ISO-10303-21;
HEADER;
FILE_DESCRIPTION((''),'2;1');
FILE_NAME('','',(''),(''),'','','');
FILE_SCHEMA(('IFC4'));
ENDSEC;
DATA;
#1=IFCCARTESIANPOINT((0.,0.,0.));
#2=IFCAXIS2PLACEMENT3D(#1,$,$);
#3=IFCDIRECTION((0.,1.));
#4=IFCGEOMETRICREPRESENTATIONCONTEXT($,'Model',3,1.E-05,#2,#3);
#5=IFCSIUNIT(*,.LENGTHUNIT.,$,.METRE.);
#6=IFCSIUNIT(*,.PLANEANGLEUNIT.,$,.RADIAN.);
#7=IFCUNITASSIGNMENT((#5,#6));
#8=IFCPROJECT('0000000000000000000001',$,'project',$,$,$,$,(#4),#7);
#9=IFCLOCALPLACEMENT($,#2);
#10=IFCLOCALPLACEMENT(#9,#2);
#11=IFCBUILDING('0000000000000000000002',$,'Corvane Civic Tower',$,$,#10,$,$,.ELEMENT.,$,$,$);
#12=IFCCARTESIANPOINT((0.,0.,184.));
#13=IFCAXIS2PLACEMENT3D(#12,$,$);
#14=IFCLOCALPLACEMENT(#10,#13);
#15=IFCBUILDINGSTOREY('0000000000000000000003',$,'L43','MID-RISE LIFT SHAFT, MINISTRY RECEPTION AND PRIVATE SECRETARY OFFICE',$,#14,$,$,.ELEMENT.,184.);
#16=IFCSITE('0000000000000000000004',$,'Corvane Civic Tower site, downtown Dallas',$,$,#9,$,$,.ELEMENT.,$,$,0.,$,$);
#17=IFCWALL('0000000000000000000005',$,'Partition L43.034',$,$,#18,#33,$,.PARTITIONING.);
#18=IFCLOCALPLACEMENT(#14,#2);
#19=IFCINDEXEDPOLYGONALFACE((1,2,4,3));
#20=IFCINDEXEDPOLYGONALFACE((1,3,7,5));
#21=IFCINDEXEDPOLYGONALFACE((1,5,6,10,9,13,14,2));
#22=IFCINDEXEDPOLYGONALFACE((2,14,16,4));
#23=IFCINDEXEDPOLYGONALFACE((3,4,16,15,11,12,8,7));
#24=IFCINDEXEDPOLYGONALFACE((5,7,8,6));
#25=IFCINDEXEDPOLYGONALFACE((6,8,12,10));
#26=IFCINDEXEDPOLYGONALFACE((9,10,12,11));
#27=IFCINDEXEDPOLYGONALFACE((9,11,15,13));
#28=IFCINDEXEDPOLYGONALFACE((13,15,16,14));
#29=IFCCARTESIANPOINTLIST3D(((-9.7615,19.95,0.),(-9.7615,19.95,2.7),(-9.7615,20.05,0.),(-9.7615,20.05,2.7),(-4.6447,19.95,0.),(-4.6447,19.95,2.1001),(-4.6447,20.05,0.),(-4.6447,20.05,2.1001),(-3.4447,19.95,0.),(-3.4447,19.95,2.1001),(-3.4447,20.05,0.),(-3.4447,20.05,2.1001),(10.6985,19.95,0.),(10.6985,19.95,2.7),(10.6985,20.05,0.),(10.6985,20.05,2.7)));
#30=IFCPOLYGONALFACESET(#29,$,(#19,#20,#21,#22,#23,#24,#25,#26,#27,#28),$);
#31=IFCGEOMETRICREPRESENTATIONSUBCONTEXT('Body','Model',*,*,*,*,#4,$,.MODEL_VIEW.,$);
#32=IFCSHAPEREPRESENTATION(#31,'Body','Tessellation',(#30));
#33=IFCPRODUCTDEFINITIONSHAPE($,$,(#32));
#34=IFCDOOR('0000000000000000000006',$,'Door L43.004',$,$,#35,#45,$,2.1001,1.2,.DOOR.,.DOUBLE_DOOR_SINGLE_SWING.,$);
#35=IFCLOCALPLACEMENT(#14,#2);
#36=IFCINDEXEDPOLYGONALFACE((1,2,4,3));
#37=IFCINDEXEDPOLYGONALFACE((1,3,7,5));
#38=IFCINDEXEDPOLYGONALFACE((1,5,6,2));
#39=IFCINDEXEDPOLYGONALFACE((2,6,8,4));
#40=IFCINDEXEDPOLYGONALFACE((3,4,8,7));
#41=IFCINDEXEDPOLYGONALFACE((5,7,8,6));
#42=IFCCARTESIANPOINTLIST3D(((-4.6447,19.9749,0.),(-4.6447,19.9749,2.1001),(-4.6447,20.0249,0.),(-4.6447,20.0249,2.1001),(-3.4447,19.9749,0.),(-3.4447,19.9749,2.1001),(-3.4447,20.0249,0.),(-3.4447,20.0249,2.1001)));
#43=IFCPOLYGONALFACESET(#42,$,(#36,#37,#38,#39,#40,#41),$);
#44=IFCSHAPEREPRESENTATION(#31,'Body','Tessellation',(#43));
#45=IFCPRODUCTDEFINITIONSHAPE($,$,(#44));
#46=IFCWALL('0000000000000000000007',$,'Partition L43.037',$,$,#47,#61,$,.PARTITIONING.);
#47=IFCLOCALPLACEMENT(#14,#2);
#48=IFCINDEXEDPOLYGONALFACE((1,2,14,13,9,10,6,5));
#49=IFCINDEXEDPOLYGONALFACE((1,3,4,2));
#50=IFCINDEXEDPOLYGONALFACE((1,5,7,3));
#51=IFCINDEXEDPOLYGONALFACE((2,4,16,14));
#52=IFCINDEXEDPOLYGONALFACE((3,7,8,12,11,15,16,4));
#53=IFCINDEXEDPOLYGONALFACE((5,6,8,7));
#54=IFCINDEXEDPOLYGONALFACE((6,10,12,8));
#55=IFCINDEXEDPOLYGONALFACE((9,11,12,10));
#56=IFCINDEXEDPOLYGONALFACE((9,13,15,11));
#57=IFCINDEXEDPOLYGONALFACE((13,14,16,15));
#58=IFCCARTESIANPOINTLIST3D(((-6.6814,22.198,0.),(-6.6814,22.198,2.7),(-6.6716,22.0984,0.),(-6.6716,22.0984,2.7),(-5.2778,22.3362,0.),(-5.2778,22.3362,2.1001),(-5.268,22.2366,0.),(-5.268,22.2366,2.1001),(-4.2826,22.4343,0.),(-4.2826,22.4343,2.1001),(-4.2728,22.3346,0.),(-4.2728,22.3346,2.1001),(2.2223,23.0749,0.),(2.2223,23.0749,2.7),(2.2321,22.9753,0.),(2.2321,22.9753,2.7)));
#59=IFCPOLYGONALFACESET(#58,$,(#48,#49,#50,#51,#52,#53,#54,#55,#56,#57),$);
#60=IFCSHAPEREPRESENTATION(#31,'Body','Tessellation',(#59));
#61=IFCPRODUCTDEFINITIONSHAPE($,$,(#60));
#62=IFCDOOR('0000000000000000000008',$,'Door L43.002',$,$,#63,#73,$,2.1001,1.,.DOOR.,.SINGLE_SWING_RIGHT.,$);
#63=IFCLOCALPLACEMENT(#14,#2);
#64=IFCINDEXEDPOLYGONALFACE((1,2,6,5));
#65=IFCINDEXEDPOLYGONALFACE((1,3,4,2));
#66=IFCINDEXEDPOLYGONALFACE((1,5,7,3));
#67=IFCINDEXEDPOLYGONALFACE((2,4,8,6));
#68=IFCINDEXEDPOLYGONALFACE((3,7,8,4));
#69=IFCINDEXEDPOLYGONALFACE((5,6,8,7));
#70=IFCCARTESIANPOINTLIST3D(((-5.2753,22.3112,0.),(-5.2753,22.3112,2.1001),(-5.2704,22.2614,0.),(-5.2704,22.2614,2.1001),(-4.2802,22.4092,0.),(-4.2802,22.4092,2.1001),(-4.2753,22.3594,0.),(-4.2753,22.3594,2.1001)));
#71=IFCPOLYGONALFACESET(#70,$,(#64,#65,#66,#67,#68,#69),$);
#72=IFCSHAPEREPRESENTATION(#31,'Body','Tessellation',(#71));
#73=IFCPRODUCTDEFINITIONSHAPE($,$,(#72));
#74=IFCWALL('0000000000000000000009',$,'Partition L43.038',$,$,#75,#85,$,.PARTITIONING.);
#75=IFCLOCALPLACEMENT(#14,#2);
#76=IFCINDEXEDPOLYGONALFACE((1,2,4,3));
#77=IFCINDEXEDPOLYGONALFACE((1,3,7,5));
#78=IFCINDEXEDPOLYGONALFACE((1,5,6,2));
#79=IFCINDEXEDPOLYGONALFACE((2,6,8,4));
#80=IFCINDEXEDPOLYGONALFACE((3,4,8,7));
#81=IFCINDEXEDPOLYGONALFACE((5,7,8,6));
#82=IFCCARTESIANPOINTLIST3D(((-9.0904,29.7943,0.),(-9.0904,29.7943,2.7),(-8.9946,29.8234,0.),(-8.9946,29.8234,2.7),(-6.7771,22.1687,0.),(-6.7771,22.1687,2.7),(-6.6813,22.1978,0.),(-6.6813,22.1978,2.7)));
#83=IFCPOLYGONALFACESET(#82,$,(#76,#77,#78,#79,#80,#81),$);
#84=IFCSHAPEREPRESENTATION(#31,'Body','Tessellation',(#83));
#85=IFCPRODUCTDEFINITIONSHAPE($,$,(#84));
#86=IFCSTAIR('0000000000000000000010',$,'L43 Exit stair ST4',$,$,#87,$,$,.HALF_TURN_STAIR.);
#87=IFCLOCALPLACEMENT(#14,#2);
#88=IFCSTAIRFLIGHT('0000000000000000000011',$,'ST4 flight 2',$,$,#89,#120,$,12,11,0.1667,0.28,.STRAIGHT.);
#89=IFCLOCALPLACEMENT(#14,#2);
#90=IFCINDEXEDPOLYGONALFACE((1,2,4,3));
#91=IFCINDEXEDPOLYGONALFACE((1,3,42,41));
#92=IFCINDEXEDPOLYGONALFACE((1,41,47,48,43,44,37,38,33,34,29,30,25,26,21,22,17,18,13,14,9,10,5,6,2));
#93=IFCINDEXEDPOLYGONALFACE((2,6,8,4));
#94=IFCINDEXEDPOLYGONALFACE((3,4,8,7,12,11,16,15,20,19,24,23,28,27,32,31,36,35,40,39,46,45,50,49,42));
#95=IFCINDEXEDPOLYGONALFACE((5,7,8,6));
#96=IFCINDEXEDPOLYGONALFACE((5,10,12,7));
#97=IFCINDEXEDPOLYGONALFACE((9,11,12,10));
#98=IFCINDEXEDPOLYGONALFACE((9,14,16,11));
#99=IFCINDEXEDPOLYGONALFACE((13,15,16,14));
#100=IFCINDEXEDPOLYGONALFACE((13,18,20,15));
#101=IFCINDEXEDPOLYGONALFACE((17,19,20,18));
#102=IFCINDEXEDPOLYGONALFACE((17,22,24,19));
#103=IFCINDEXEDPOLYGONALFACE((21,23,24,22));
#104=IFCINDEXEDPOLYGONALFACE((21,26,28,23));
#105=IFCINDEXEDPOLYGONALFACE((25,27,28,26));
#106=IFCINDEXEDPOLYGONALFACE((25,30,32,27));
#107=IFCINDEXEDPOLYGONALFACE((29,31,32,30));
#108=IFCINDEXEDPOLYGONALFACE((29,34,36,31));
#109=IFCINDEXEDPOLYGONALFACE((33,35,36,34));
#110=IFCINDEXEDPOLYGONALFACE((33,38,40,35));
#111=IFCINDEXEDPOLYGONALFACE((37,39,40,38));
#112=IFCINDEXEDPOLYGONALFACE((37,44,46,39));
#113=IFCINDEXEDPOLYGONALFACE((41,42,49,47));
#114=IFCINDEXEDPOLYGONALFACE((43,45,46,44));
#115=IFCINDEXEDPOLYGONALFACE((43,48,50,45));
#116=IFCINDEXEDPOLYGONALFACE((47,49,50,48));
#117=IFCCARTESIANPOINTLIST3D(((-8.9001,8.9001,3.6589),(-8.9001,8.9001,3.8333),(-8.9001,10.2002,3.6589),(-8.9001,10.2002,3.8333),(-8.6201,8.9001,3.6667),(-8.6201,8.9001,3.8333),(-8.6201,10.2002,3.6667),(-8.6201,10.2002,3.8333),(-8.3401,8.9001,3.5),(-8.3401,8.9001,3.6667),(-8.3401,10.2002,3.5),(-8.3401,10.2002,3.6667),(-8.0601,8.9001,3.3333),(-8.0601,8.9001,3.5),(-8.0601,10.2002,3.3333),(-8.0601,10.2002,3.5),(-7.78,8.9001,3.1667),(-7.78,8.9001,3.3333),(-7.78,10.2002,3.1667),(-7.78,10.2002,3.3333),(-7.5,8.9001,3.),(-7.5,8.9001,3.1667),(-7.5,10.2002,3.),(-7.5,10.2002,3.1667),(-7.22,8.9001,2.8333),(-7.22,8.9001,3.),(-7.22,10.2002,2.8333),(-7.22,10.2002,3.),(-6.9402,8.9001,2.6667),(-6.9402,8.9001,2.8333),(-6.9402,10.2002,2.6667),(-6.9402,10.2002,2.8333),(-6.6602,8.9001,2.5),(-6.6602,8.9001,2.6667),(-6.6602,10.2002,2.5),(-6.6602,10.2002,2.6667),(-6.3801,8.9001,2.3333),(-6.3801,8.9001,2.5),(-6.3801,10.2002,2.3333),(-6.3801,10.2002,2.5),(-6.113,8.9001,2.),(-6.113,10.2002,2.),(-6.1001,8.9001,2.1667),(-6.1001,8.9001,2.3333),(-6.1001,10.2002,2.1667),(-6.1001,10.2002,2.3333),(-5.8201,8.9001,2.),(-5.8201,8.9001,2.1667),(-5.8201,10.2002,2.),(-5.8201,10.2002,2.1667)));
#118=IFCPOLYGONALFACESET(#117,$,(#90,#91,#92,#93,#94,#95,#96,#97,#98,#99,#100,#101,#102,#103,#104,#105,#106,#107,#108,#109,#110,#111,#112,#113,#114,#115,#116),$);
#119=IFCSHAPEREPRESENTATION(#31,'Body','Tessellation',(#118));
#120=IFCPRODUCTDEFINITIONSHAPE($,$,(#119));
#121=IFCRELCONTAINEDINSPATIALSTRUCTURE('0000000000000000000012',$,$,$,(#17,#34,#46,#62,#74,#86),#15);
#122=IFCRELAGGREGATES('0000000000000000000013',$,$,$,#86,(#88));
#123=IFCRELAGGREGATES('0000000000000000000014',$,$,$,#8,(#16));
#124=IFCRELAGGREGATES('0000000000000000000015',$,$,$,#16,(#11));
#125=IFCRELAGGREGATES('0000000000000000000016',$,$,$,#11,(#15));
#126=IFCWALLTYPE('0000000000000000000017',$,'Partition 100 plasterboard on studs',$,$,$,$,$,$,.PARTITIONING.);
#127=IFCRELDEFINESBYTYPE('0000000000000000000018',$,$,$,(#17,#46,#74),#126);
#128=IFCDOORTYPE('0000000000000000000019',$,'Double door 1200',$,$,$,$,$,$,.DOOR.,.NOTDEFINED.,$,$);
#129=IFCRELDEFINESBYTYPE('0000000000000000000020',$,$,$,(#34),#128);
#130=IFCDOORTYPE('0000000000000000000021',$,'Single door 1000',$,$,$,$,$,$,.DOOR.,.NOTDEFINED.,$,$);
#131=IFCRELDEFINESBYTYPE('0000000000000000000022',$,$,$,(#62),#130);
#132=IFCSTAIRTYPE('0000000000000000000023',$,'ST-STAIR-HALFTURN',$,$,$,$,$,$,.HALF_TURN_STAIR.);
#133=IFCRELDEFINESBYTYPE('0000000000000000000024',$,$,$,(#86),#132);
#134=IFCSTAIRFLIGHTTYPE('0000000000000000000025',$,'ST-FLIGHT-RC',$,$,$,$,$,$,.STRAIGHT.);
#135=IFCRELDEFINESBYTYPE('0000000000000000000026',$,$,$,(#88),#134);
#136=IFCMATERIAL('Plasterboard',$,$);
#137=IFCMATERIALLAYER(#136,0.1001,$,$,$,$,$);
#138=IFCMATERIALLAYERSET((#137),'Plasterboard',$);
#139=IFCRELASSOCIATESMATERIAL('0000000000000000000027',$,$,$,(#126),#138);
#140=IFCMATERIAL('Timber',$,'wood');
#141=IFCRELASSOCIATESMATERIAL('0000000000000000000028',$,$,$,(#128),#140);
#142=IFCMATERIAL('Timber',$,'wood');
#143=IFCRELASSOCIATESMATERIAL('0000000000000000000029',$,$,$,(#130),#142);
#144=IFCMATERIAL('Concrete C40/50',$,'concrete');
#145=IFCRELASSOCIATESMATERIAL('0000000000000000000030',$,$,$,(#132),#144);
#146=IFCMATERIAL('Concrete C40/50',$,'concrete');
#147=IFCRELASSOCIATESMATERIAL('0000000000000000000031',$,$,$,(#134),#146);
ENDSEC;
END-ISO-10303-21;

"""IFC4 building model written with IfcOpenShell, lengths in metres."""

from ifc_helpers import new_model, si_unit, direction, frame, frame_2d, origin, place, context, subcontext, project, spatial, polyline, rectangle, outline, extrude, material, layer, layer_set, type_object, element, fill, aggregate, save


model = new_model("IFC4")

# Units and contexts
model_context = context("Model", 3, precision=1e-05, world=origin(), true_north=direction((0.0, 1.0)))
body_context = subcontext(model_context, "Body", "Model", "MODEL_VIEW")
ifc_project = project(units=[si_unit("LENGTHUNIT", "METRE"), si_unit("PLANEANGLEUNIT", "RADIAN")], contexts=[model_context])

# Site, building, storey
site_placement = place(None, origin())
site = spatial("IfcSite", under=ifc_project, at=site_placement, Name="Corvane Civic Tower site, downtown Dallas", CompositionType="ELEMENT", RefElevation=0.0)
building_placement = place(site_placement, origin())
building = spatial("IfcBuilding", under=site, at=building_placement, Name="Corvane Civic Tower", CompositionType="ELEMENT")
storey_placement = place(building_placement, frame((0.0, 0.0, 184.0)))
storey = spatial("IfcBuildingStorey", under=building, at=storey_placement, Name="L43", Description="MID-RISE LIFT SHAFT, MINISTRY RECEPTION AND PRIVATE SECRETARY OFFICE", CompositionType="ELEMENT", Elevation=184.0)

# Walls, openings, doors
ifc_material_1 = material(Name="Plasterboard")
ifc_layer_1 = layer(ifc_material_1, 0.1001)
ifc_layer_set_1 = layer_set([ifc_layer_1], Name="Plasterboard")
wall_type_1 = type_object("IfcWallType", Name="Partition 100 plasterboard on studs", PredefinedType="PARTITIONING", material=ifc_layer_set_1)
wall_1_placement = place(storey_placement, frame((-9.7615, 20.0, 0.0), z_axis=(0.0, 0.0, 1.0), x_axis=(1.0, 0.0, 0.0)))
wall_1 = element("IfcWall", 1, at=wall_1_placement, inside=storey, type_object=wall_type_1, Name="Partition L43.034", PredefinedType="PARTITIONING", context=body_context, shape_type="SweptSolid", body=[
    extrude(rectangle(XDim=20.46, YDim=0.1001, at=frame_2d((10.23, 0.0))), origin(), (0.0, 0.0, 1.0), 2.7),
])
opening_1_placement = place(wall_1_placement, frame((5.1167, 0.0, 0.0)))
opening_1 = element("IfcOpeningElement", 2, at=opening_1_placement, cuts=wall_1, PredefinedType="OPENING", context=body_context, shape_type="SweptSolid", body=[
    extrude(rectangle(XDim=1.2, YDim=2.1001, at=frame_2d((0.6001, 1.05))), frame((0.0, 0.0601, 0.0), z_axis=(0.0, -1.0, 0.0), x_axis=(1.0, 0.0, 0.0)), (0.0, 0.0, 1.0), 0.1201),
])
ifc_material_2 = material(Name="Timber", Category="wood")
door_type_1 = type_object("IfcDoorType", Name="Double door 1200", OperationType="NOTDEFINED", PredefinedType="DOOR", material=ifc_material_2)
door_1_placement = place(opening_1_placement, origin())
door_1 = element("IfcDoor", 3, at=door_1_placement, inside=storey, type_object=door_type_1, Name="Door L43.004", OperationType="DOUBLE_DOOR_SINGLE_SWING", OverallHeight=2.1001, OverallWidth=1.2, PredefinedType="DOOR", context=body_context, shape_type="SweptSolid", body=[
    extrude(rectangle(XDim=1.2, YDim=2.1001, at=frame_2d((0.6001, 1.05))), frame((0.0, 0.0249, 0.0), z_axis=(0.0, -1.0, 0.0), x_axis=(1.0, 0.0, 0.0)), (0.0, 0.0, 1.0), 0.05),
])
fill(opening_1, door_1)
wall_2_placement = place(storey_placement, frame((-6.6765, 22.1482, 0.0), z_axis=(0.0, 0.0, 1.0), x_axis=(0.995185, 0.098018, 0.0)))
wall_2 = element("IfcWall", 4, at=wall_2_placement, inside=storey, type_object=wall_type_1, Name="Partition L43.037", PredefinedType="PARTITIONING", context=body_context, shape_type="SweptSolid", body=[
    extrude(rectangle(XDim=8.9468, YDim=0.1001, at=frame_2d((4.4734, 0.0))), origin(), (0.0, 0.0, 1.0), 2.7),
])
opening_2_placement = place(wall_2_placement, frame((1.4104, 0.0, 0.0)))
opening_2 = element("IfcOpeningElement", 5, at=opening_2_placement, cuts=wall_2, PredefinedType="OPENING", context=body_context, shape_type="SweptSolid", body=[
    extrude(rectangle(XDim=1.0, YDim=2.1001, at=frame_2d((0.5, 1.05))), frame((0.0, 0.0601, 0.0), z_axis=(0.0, -1.0, 0.0), x_axis=(1.0, 0.0, 0.0)), (0.0, 0.0, 1.0), 0.1201),
])
ifc_material_3 = material(Name="Timber", Category="wood")
door_type_2 = type_object("IfcDoorType", Name="Single door 1000", OperationType="NOTDEFINED", PredefinedType="DOOR", material=ifc_material_3)
door_2_placement = place(opening_2_placement, origin())
door_2 = element("IfcDoor", 6, at=door_2_placement, inside=storey, type_object=door_type_2, Name="Door L43.002", OperationType="SINGLE_SWING_RIGHT", OverallHeight=2.1001, OverallWidth=1.0, PredefinedType="DOOR", context=body_context, shape_type="SweptSolid", body=[
    extrude(rectangle(XDim=1.0, YDim=2.1001, at=frame_2d((0.5, 1.05))), frame((0.0, 0.0249, 0.0), z_axis=(0.0, -1.0, 0.0), x_axis=(1.0, 0.0, 0.0)), (0.0, 0.0, 1.0), 0.05),
])
fill(opening_2, door_2)

# Wall
wall_3_placement = place(storey_placement, frame((-9.0425, 29.8088, 0.0), z_axis=(0.0, 0.0, 1.0), x_axis=(0.290292, -0.956938, 0.0)))
element("IfcWall", 7, at=wall_3_placement, inside=storey, type_object=wall_type_1, Name="Partition L43.038", PredefinedType="PARTITIONING", context=body_context, shape_type="SweptSolid", body=[
    extrude(rectangle(XDim=7.9688, YDim=0.1001, at=frame_2d((3.9844, 0.0))), origin(), (0.0, 0.0, 1.0), 2.7),
])

# Stair, stair flight
ifc_material_4 = material(Name="Concrete C40/50", Category="concrete")
stair_type = type_object("IfcStairType", Name="ST-STAIR-HALFTURN", PredefinedType="HALF_TURN_STAIR", material=ifc_material_4)
stair_placement = place(storey_placement, origin())
stair = element("IfcStair", 8, at=stair_placement, inside=storey, type_object=stair_type, Name="L43 Exit stair ST4", PredefinedType="HALF_TURN_STAIR")
ifc_material_5 = material(Name="Concrete C40/50", Category="concrete")
stair_flight_type = type_object("IfcStairFlightType", Name="ST-FLIGHT-RC", PredefinedType="STRAIGHT", material=ifc_material_5)
stair_flight_placement = place(storey_placement, frame((-5.8201, 9.55, 2.0), z_axis=(0.0, 0.0, 1.0), x_axis=(-1.0, 0.0, 0.0)))
stair_flight = element("IfcStairFlight", 9, at=stair_flight_placement, type_object=stair_flight_type, Name="ST4 flight 2", NumberOfRisers=12, NumberOfTreads=11, PredefinedType="STRAIGHT", RiserHeight=0.1667, TreadLength=0.28, context=body_context, shape_type="SweptSolid", body=[
    extrude(outline(polyline([(0.0, 0.0), (0.0, 0.1667), (0.28, 0.1667), (0.28, 0.3333), (0.5601, 0.3333), (0.5601, 0.5), (0.8401, 0.5), (0.8401, 0.6667), (1.1201, 0.6667), (1.1201, 0.8333), (1.3999, 0.8333), (1.3999, 1.0), (1.6799, 1.0), (1.6799, 1.1667), (1.96, 1.1667), (1.96, 1.3333), (2.24, 1.3333), (2.24, 1.5), (2.52, 1.5), (2.52, 1.6667), (2.8, 1.6667), (2.8, 1.8333), (3.0801, 1.8333), (3.0801, 2.0), (3.0801, 1.6589), (0.293, 0.0), (0.0, 0.0)])), frame((0.0, 0.6499, 0.0), z_axis=(0.0, -1.0, 0.0), x_axis=(1.0, 0.0, 0.0)), (0.0, 0.0, 1.0), 1.3),
])
aggregate(stair, [stair_flight])

save(model, "model.ifc")
